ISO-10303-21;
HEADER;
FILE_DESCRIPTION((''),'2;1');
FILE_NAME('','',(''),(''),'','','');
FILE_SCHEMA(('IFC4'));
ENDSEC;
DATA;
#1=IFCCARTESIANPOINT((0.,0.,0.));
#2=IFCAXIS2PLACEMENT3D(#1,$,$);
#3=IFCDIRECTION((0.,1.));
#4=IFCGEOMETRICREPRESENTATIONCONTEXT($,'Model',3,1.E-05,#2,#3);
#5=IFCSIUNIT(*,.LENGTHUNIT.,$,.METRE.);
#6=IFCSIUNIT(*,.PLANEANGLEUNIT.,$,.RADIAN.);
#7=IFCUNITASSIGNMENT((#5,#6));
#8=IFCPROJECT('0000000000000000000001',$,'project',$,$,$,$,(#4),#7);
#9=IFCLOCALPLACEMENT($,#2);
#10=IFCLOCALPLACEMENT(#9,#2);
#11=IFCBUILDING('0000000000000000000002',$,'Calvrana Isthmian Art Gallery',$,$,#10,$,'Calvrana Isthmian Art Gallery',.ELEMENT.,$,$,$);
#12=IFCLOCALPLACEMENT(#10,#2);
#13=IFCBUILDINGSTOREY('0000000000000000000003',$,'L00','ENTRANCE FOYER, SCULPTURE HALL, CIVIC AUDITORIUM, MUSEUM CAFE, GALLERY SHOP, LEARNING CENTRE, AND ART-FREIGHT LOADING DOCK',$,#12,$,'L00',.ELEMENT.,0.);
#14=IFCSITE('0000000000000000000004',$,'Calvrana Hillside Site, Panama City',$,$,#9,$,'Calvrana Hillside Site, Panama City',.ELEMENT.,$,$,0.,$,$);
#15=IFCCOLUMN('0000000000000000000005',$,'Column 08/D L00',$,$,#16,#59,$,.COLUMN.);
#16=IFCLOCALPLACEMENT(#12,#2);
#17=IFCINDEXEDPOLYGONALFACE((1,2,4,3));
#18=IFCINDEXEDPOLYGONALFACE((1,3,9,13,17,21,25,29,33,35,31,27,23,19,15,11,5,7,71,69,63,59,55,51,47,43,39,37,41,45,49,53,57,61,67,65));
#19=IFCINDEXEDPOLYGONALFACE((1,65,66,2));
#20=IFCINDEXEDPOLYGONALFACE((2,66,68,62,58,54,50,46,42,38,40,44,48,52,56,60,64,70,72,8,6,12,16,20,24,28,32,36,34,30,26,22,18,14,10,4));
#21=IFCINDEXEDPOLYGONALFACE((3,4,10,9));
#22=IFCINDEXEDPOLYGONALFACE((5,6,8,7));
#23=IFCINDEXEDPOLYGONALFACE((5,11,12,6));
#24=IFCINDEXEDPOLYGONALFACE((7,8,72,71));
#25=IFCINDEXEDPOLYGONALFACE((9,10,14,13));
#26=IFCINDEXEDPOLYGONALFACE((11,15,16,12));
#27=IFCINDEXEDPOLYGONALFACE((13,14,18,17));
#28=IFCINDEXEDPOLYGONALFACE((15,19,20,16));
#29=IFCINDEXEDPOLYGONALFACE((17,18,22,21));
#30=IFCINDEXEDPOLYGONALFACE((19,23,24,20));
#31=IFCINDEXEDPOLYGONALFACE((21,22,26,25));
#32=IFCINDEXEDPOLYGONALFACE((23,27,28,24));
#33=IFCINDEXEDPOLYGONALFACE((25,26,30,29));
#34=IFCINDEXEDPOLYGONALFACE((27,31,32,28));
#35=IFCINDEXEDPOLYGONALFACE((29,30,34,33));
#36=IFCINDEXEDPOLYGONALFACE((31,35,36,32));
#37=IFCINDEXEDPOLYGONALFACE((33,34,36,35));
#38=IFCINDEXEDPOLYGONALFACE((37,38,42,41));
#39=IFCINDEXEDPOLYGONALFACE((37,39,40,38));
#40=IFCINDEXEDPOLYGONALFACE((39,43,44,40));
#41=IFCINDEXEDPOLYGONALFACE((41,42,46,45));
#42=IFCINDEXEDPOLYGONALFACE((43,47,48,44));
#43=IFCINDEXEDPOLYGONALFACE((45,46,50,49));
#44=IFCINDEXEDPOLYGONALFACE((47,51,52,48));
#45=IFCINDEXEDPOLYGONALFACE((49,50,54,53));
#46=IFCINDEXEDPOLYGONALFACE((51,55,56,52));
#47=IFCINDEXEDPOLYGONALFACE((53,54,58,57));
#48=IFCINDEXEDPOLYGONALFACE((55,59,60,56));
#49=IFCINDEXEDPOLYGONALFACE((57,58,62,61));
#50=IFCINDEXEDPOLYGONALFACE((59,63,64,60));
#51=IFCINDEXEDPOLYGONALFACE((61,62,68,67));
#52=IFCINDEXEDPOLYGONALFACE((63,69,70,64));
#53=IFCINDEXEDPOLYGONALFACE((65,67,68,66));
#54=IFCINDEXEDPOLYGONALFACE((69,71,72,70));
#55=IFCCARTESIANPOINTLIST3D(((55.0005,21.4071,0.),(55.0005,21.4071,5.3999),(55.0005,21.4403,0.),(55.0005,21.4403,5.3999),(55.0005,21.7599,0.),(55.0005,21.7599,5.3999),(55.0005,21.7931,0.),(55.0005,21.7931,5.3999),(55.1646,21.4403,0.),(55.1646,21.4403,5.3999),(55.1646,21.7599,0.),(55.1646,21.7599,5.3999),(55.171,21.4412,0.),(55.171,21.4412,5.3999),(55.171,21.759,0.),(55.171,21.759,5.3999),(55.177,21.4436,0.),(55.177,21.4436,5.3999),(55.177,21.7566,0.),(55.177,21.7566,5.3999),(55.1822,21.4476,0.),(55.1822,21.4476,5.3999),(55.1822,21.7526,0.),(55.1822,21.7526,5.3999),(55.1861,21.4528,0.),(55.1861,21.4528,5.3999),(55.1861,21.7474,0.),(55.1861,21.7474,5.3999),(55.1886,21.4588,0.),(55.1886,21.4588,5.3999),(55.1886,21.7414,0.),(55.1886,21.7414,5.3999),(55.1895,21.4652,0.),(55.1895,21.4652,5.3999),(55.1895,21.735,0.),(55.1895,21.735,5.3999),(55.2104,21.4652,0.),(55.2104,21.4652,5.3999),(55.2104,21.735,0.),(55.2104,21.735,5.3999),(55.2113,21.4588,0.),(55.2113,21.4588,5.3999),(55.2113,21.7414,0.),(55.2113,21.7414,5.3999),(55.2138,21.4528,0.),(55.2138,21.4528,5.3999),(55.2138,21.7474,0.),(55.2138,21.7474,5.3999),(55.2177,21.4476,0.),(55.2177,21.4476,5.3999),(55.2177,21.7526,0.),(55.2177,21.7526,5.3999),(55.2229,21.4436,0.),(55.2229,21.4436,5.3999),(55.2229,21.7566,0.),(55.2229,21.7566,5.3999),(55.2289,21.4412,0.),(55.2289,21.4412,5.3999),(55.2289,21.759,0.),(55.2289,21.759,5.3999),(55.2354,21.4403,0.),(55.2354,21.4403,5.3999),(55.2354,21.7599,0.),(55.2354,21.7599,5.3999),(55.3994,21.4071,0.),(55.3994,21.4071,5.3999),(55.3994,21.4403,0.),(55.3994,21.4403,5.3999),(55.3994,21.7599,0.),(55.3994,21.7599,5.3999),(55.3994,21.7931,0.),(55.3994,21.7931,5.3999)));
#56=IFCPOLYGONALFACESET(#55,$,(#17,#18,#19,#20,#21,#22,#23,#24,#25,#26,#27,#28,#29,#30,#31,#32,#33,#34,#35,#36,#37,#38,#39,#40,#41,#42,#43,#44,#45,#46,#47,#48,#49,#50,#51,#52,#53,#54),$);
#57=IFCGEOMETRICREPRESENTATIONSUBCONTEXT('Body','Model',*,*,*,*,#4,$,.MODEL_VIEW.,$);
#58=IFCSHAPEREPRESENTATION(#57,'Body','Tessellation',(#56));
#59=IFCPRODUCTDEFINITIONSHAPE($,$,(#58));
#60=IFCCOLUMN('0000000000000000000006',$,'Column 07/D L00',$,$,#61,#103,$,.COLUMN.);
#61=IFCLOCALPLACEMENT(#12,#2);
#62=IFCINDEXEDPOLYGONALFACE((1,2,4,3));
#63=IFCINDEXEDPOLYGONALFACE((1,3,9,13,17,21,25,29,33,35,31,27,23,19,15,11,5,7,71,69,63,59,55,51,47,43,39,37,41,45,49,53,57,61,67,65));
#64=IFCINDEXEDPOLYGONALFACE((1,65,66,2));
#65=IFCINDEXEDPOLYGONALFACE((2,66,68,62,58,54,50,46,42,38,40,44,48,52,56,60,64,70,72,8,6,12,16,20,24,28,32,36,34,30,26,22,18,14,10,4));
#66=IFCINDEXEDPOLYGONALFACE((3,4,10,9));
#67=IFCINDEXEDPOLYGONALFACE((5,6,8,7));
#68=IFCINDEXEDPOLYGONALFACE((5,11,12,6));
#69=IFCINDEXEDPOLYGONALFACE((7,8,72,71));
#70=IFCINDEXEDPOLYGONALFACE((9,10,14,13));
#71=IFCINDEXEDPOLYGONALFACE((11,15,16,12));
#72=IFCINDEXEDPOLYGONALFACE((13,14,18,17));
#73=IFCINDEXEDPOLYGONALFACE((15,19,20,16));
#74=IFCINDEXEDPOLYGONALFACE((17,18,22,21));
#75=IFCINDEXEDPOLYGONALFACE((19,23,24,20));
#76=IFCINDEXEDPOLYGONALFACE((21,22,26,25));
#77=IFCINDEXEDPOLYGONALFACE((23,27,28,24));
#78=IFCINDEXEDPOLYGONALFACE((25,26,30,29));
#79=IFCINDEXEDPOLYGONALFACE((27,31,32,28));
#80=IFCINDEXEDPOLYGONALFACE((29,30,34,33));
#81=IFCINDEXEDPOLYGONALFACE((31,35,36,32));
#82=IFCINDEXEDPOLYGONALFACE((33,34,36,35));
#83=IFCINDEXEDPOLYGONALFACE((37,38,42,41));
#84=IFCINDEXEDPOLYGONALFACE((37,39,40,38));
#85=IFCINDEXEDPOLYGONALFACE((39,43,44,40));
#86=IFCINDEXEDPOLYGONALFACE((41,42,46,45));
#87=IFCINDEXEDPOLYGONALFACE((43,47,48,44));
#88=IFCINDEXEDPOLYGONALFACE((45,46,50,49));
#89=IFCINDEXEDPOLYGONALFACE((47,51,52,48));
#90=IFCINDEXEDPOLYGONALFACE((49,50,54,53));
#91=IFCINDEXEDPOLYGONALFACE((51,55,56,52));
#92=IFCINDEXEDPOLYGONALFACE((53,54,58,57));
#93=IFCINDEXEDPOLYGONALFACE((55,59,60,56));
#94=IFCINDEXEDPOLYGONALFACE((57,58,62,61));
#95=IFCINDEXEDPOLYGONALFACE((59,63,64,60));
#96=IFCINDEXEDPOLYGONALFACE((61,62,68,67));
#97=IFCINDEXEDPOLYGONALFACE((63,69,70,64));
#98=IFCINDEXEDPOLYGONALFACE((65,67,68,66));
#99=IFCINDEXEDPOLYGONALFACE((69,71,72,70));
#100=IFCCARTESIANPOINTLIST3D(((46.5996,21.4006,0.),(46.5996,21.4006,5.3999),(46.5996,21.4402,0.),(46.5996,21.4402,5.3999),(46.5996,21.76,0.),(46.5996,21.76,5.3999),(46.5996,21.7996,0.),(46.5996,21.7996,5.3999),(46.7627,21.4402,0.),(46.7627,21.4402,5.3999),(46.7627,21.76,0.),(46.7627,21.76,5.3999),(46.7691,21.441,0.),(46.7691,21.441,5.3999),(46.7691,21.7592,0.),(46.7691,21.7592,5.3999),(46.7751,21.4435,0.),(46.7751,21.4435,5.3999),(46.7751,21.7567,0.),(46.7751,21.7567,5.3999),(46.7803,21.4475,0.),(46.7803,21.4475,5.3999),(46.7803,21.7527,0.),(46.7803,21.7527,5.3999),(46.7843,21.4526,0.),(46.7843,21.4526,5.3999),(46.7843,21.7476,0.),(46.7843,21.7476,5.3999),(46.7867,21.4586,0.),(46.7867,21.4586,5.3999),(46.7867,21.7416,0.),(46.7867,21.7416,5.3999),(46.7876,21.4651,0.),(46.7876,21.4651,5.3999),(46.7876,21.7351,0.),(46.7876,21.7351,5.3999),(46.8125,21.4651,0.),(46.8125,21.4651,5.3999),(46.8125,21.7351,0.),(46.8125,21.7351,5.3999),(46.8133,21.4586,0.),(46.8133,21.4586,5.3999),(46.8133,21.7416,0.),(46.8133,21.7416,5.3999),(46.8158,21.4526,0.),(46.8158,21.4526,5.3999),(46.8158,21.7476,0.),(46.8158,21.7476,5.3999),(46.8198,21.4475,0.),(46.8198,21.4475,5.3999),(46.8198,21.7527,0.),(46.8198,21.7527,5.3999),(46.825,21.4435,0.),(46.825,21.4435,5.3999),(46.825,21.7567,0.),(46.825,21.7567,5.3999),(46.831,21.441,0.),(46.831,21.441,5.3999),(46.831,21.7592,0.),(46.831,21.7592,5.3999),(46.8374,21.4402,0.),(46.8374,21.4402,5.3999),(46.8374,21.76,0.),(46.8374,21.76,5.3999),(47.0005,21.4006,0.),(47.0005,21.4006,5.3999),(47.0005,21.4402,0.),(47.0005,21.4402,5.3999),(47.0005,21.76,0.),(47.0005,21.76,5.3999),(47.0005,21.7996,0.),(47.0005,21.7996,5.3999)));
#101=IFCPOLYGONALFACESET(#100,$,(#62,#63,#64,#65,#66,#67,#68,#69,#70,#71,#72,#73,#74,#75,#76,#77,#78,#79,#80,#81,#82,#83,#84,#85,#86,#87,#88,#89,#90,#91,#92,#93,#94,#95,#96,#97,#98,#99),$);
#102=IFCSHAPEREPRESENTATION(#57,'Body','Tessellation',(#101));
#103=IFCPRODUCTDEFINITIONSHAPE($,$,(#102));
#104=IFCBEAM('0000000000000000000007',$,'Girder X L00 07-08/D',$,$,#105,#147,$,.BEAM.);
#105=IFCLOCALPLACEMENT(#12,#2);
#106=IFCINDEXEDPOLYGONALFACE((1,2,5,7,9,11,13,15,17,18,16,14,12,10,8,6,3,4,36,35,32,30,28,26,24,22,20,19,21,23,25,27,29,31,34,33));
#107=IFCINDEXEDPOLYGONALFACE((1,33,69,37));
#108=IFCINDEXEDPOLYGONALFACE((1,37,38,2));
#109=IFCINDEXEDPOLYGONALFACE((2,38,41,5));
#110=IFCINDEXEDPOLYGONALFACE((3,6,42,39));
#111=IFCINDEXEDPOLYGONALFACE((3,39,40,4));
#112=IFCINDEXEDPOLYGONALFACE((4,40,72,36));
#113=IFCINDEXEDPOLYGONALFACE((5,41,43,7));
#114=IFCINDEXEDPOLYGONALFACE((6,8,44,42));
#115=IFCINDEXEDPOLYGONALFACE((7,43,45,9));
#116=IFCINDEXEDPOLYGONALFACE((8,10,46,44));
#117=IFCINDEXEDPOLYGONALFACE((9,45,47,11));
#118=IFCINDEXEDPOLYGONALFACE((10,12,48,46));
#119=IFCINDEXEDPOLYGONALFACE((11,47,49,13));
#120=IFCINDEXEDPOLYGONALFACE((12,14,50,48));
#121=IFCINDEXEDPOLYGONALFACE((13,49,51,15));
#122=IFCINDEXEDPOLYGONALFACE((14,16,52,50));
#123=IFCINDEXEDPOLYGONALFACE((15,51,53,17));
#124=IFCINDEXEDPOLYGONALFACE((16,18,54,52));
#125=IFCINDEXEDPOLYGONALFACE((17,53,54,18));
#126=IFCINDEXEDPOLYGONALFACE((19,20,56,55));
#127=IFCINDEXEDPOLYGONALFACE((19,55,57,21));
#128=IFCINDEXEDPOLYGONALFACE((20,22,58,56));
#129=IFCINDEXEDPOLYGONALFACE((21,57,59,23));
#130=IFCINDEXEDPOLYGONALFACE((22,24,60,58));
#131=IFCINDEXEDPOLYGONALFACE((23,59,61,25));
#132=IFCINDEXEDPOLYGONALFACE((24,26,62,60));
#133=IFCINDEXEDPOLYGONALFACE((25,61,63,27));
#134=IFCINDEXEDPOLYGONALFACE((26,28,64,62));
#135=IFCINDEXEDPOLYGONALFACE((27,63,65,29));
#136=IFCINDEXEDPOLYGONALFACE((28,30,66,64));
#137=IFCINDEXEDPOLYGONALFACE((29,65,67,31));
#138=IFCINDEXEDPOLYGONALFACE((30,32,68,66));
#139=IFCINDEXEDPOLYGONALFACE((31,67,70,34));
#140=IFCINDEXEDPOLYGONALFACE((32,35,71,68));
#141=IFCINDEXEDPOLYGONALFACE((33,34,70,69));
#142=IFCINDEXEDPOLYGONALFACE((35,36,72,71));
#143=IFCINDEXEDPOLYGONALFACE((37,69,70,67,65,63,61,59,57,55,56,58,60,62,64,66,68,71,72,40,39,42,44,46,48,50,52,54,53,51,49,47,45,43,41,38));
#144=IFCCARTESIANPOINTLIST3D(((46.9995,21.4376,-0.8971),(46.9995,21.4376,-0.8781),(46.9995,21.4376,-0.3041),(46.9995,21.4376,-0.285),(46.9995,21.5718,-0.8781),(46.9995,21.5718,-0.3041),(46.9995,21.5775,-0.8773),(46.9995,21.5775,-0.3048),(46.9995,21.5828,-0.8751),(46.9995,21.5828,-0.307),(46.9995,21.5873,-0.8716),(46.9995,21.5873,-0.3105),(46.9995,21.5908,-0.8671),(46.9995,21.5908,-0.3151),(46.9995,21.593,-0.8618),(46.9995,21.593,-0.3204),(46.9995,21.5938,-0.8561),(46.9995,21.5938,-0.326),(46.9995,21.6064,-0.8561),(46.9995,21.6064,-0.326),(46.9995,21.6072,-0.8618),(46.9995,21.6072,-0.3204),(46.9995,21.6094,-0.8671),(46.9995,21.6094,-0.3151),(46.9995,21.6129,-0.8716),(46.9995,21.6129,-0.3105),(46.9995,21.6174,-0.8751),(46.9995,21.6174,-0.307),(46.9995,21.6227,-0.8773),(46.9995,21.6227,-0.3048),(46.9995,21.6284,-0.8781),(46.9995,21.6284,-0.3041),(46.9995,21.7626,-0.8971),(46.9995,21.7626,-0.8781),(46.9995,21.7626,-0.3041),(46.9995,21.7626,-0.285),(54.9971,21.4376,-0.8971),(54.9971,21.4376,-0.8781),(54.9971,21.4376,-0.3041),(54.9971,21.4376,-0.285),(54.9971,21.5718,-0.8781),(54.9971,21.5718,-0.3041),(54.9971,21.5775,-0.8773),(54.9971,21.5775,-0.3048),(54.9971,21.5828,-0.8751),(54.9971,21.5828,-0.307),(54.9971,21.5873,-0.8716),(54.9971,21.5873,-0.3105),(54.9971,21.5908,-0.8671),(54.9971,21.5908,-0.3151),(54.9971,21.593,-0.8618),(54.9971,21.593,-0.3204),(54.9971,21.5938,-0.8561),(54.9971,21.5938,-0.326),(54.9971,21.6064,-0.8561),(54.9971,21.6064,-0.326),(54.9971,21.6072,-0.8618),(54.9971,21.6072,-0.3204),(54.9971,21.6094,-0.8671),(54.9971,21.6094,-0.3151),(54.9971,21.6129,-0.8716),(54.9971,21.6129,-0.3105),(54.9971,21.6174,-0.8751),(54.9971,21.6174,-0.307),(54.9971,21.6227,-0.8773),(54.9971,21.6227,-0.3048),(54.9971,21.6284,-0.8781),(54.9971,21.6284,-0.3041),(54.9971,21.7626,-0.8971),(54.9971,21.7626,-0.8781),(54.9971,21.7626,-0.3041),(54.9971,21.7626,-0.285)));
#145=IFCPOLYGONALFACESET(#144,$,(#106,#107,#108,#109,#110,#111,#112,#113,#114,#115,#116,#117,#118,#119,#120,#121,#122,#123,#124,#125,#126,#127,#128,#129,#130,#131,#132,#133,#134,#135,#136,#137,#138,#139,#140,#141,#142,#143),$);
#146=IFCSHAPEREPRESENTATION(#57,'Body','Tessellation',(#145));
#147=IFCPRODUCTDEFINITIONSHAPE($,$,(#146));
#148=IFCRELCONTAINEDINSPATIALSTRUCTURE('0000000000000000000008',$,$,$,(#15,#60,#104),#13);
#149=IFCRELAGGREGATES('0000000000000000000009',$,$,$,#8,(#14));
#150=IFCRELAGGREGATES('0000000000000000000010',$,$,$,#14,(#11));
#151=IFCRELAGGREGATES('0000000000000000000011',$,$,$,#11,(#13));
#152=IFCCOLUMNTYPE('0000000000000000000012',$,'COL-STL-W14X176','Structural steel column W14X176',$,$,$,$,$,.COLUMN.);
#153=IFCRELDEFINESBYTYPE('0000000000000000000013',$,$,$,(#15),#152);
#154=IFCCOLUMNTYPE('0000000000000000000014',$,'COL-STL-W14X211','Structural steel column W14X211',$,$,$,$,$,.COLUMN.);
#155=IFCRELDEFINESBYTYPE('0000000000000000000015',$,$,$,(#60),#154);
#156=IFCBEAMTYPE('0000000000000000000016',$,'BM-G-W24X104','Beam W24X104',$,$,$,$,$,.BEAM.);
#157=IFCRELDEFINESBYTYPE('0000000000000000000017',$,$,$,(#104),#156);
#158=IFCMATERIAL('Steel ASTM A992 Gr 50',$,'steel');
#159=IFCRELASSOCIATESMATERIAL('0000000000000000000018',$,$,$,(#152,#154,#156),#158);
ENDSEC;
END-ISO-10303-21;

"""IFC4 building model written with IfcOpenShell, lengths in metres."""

from ifc_helpers import new_model, si_unit, direction, frame, origin, origin_2d, place, context, subcontext, project, spatial, i_section, extrude, material, material_profile, profile_set, type_object, element, save


model = new_model("IFC4")

# Units and contexts
model_context = context("Model", 3, precision=1e-05, world=origin(), true_north=direction((0.0, 1.0)))
body_context = subcontext(model_context, "Body", "Model", "MODEL_VIEW")
ifc_project = project(units=[si_unit("LENGTHUNIT", "METRE"), si_unit("PLANEANGLEUNIT", "RADIAN")], contexts=[model_context])

# Site, building, storey
site_placement = place(None, origin())
site = spatial("IfcSite", under=ifc_project, at=site_placement, Name="Calvrana Hillside Site, Panama City", LongName="Calvrana Hillside Site, Panama City", CompositionType="ELEMENT", RefElevation=0.0)
building_placement = place(site_placement, origin())
building = spatial("IfcBuilding", under=site, at=building_placement, Name="Calvrana Isthmian Art Gallery", LongName="Calvrana Isthmian Art Gallery", CompositionType="ELEMENT")
storey_placement = place(building_placement, origin())
storey = spatial("IfcBuildingStorey", under=building, at=storey_placement, Name="L00", Description="ENTRANCE FOYER, SCULPTURE HALL, CIVIC AUDITORIUM, MUSEUM CAFE, GALLERY SHOP, LEARNING CENTRE, AND ART-FREIGHT LOADING DOCK", LongName="L00", CompositionType="ELEMENT", Elevation=0.0)

# Columns
ifc_material_1 = material(Name="Steel ASTM A992 Gr 50", Category="steel")
ifc_material_profile_1 = material_profile(ifc_material_1, i_section(OverallWidth=0.3989, OverallDepth=0.386, WebThickness=0.021, FlangeThickness=0.0332, FilletRadius=0.0249, at=origin_2d()), Name="W14X176")
ifc_profile_set_1 = profile_set([ifc_material_profile_1], Name="Steel ASTM A992 Gr 50")
column_type_1 = type_object("IfcColumnType", Name="COL-STL-W14X176", Description="Structural steel column W14X176", PredefinedType="COLUMN", material=ifc_profile_set_1)
column_1_placement = place(storey_placement, frame((55.2, 21.6001, 0.0), z_axis=(0.0, 0.0, 1.0), x_axis=(1.0, 0.0, 0.0)))
element("IfcColumn", 1, at=column_1_placement, inside=storey, type_object=column_type_1, Name="Column 08/D L00", PredefinedType="COLUMN", context=body_context, shape_type="SweptSolid", body=[
    extrude(i_section(OverallWidth=0.3989, OverallDepth=0.386, WebThickness=0.021, FlangeThickness=0.0332, FilletRadius=0.0249, at=origin_2d()), origin(), (0.0, 0.0, 1.0), 5.3999),
])
ifc_material_profile_2 = material_profile(ifc_material_1, i_section(OverallWidth=0.4009, OverallDepth=0.3989, WebThickness=0.0249, FlangeThickness=0.0396, FilletRadius=0.0249, at=origin_2d()), Name="W14X211")
ifc_profile_set_2 = profile_set([ifc_material_profile_2], Name="Steel ASTM A992 Gr 50")
column_type_2 = type_object("IfcColumnType", Name="COL-STL-W14X211", Description="Structural steel column W14X211", PredefinedType="COLUMN", material=ifc_profile_set_2)
column_2_placement = place(storey_placement, frame((46.8, 21.6001, 0.0), z_axis=(0.0, 0.0, 1.0), x_axis=(1.0, 0.0, 0.0)))
element("IfcColumn", 2, at=column_2_placement, inside=storey, type_object=column_type_2, Name="Column 07/D L00", PredefinedType="COLUMN", context=body_context, shape_type="SweptSolid", body=[
    extrude(i_section(OverallWidth=0.4009, OverallDepth=0.3989, WebThickness=0.0249, FlangeThickness=0.0396, FilletRadius=0.0249, at=origin_2d()), origin(), (0.0, 0.0, 1.0), 5.3999),
])

# Beam
ifc_material_profile_3 = material_profile(ifc_material_1, i_section(OverallWidth=0.325, OverallDepth=0.6121, WebThickness=0.0127, FlangeThickness=0.019, FilletRadius=0.022, at=origin_2d()), Name="W24X104")
ifc_profile_set_3 = profile_set([ifc_material_profile_3], Name="Steel ASTM A992 Gr 50")
beam_type_1 = type_object("IfcBeamType", Name="BM-G-W24X104", Description="Beam W24X104", PredefinedType="BEAM", material=ifc_profile_set_3)
beam_1_placement = place(storey_placement, frame((46.9995, 21.6001, -0.5911), z_axis=(1.0, 0.0, 0.0), x_axis=(0.0, 1.0, 0.0)))
element("IfcBeam", 3, at=beam_1_placement, inside=storey, type_object=beam_type_1, Name="Girder X L00 07-08/D", PredefinedType="BEAM", context=body_context, shape_type="SweptSolid", body=[
    extrude(i_section(OverallWidth=0.325, OverallDepth=0.6121, WebThickness=0.0127, FlangeThickness=0.019, FilletRadius=0.022, at=origin_2d()), origin(), (0.0, 0.0, 1.0), 7.9976),
])

save(model, "model.ifc")
